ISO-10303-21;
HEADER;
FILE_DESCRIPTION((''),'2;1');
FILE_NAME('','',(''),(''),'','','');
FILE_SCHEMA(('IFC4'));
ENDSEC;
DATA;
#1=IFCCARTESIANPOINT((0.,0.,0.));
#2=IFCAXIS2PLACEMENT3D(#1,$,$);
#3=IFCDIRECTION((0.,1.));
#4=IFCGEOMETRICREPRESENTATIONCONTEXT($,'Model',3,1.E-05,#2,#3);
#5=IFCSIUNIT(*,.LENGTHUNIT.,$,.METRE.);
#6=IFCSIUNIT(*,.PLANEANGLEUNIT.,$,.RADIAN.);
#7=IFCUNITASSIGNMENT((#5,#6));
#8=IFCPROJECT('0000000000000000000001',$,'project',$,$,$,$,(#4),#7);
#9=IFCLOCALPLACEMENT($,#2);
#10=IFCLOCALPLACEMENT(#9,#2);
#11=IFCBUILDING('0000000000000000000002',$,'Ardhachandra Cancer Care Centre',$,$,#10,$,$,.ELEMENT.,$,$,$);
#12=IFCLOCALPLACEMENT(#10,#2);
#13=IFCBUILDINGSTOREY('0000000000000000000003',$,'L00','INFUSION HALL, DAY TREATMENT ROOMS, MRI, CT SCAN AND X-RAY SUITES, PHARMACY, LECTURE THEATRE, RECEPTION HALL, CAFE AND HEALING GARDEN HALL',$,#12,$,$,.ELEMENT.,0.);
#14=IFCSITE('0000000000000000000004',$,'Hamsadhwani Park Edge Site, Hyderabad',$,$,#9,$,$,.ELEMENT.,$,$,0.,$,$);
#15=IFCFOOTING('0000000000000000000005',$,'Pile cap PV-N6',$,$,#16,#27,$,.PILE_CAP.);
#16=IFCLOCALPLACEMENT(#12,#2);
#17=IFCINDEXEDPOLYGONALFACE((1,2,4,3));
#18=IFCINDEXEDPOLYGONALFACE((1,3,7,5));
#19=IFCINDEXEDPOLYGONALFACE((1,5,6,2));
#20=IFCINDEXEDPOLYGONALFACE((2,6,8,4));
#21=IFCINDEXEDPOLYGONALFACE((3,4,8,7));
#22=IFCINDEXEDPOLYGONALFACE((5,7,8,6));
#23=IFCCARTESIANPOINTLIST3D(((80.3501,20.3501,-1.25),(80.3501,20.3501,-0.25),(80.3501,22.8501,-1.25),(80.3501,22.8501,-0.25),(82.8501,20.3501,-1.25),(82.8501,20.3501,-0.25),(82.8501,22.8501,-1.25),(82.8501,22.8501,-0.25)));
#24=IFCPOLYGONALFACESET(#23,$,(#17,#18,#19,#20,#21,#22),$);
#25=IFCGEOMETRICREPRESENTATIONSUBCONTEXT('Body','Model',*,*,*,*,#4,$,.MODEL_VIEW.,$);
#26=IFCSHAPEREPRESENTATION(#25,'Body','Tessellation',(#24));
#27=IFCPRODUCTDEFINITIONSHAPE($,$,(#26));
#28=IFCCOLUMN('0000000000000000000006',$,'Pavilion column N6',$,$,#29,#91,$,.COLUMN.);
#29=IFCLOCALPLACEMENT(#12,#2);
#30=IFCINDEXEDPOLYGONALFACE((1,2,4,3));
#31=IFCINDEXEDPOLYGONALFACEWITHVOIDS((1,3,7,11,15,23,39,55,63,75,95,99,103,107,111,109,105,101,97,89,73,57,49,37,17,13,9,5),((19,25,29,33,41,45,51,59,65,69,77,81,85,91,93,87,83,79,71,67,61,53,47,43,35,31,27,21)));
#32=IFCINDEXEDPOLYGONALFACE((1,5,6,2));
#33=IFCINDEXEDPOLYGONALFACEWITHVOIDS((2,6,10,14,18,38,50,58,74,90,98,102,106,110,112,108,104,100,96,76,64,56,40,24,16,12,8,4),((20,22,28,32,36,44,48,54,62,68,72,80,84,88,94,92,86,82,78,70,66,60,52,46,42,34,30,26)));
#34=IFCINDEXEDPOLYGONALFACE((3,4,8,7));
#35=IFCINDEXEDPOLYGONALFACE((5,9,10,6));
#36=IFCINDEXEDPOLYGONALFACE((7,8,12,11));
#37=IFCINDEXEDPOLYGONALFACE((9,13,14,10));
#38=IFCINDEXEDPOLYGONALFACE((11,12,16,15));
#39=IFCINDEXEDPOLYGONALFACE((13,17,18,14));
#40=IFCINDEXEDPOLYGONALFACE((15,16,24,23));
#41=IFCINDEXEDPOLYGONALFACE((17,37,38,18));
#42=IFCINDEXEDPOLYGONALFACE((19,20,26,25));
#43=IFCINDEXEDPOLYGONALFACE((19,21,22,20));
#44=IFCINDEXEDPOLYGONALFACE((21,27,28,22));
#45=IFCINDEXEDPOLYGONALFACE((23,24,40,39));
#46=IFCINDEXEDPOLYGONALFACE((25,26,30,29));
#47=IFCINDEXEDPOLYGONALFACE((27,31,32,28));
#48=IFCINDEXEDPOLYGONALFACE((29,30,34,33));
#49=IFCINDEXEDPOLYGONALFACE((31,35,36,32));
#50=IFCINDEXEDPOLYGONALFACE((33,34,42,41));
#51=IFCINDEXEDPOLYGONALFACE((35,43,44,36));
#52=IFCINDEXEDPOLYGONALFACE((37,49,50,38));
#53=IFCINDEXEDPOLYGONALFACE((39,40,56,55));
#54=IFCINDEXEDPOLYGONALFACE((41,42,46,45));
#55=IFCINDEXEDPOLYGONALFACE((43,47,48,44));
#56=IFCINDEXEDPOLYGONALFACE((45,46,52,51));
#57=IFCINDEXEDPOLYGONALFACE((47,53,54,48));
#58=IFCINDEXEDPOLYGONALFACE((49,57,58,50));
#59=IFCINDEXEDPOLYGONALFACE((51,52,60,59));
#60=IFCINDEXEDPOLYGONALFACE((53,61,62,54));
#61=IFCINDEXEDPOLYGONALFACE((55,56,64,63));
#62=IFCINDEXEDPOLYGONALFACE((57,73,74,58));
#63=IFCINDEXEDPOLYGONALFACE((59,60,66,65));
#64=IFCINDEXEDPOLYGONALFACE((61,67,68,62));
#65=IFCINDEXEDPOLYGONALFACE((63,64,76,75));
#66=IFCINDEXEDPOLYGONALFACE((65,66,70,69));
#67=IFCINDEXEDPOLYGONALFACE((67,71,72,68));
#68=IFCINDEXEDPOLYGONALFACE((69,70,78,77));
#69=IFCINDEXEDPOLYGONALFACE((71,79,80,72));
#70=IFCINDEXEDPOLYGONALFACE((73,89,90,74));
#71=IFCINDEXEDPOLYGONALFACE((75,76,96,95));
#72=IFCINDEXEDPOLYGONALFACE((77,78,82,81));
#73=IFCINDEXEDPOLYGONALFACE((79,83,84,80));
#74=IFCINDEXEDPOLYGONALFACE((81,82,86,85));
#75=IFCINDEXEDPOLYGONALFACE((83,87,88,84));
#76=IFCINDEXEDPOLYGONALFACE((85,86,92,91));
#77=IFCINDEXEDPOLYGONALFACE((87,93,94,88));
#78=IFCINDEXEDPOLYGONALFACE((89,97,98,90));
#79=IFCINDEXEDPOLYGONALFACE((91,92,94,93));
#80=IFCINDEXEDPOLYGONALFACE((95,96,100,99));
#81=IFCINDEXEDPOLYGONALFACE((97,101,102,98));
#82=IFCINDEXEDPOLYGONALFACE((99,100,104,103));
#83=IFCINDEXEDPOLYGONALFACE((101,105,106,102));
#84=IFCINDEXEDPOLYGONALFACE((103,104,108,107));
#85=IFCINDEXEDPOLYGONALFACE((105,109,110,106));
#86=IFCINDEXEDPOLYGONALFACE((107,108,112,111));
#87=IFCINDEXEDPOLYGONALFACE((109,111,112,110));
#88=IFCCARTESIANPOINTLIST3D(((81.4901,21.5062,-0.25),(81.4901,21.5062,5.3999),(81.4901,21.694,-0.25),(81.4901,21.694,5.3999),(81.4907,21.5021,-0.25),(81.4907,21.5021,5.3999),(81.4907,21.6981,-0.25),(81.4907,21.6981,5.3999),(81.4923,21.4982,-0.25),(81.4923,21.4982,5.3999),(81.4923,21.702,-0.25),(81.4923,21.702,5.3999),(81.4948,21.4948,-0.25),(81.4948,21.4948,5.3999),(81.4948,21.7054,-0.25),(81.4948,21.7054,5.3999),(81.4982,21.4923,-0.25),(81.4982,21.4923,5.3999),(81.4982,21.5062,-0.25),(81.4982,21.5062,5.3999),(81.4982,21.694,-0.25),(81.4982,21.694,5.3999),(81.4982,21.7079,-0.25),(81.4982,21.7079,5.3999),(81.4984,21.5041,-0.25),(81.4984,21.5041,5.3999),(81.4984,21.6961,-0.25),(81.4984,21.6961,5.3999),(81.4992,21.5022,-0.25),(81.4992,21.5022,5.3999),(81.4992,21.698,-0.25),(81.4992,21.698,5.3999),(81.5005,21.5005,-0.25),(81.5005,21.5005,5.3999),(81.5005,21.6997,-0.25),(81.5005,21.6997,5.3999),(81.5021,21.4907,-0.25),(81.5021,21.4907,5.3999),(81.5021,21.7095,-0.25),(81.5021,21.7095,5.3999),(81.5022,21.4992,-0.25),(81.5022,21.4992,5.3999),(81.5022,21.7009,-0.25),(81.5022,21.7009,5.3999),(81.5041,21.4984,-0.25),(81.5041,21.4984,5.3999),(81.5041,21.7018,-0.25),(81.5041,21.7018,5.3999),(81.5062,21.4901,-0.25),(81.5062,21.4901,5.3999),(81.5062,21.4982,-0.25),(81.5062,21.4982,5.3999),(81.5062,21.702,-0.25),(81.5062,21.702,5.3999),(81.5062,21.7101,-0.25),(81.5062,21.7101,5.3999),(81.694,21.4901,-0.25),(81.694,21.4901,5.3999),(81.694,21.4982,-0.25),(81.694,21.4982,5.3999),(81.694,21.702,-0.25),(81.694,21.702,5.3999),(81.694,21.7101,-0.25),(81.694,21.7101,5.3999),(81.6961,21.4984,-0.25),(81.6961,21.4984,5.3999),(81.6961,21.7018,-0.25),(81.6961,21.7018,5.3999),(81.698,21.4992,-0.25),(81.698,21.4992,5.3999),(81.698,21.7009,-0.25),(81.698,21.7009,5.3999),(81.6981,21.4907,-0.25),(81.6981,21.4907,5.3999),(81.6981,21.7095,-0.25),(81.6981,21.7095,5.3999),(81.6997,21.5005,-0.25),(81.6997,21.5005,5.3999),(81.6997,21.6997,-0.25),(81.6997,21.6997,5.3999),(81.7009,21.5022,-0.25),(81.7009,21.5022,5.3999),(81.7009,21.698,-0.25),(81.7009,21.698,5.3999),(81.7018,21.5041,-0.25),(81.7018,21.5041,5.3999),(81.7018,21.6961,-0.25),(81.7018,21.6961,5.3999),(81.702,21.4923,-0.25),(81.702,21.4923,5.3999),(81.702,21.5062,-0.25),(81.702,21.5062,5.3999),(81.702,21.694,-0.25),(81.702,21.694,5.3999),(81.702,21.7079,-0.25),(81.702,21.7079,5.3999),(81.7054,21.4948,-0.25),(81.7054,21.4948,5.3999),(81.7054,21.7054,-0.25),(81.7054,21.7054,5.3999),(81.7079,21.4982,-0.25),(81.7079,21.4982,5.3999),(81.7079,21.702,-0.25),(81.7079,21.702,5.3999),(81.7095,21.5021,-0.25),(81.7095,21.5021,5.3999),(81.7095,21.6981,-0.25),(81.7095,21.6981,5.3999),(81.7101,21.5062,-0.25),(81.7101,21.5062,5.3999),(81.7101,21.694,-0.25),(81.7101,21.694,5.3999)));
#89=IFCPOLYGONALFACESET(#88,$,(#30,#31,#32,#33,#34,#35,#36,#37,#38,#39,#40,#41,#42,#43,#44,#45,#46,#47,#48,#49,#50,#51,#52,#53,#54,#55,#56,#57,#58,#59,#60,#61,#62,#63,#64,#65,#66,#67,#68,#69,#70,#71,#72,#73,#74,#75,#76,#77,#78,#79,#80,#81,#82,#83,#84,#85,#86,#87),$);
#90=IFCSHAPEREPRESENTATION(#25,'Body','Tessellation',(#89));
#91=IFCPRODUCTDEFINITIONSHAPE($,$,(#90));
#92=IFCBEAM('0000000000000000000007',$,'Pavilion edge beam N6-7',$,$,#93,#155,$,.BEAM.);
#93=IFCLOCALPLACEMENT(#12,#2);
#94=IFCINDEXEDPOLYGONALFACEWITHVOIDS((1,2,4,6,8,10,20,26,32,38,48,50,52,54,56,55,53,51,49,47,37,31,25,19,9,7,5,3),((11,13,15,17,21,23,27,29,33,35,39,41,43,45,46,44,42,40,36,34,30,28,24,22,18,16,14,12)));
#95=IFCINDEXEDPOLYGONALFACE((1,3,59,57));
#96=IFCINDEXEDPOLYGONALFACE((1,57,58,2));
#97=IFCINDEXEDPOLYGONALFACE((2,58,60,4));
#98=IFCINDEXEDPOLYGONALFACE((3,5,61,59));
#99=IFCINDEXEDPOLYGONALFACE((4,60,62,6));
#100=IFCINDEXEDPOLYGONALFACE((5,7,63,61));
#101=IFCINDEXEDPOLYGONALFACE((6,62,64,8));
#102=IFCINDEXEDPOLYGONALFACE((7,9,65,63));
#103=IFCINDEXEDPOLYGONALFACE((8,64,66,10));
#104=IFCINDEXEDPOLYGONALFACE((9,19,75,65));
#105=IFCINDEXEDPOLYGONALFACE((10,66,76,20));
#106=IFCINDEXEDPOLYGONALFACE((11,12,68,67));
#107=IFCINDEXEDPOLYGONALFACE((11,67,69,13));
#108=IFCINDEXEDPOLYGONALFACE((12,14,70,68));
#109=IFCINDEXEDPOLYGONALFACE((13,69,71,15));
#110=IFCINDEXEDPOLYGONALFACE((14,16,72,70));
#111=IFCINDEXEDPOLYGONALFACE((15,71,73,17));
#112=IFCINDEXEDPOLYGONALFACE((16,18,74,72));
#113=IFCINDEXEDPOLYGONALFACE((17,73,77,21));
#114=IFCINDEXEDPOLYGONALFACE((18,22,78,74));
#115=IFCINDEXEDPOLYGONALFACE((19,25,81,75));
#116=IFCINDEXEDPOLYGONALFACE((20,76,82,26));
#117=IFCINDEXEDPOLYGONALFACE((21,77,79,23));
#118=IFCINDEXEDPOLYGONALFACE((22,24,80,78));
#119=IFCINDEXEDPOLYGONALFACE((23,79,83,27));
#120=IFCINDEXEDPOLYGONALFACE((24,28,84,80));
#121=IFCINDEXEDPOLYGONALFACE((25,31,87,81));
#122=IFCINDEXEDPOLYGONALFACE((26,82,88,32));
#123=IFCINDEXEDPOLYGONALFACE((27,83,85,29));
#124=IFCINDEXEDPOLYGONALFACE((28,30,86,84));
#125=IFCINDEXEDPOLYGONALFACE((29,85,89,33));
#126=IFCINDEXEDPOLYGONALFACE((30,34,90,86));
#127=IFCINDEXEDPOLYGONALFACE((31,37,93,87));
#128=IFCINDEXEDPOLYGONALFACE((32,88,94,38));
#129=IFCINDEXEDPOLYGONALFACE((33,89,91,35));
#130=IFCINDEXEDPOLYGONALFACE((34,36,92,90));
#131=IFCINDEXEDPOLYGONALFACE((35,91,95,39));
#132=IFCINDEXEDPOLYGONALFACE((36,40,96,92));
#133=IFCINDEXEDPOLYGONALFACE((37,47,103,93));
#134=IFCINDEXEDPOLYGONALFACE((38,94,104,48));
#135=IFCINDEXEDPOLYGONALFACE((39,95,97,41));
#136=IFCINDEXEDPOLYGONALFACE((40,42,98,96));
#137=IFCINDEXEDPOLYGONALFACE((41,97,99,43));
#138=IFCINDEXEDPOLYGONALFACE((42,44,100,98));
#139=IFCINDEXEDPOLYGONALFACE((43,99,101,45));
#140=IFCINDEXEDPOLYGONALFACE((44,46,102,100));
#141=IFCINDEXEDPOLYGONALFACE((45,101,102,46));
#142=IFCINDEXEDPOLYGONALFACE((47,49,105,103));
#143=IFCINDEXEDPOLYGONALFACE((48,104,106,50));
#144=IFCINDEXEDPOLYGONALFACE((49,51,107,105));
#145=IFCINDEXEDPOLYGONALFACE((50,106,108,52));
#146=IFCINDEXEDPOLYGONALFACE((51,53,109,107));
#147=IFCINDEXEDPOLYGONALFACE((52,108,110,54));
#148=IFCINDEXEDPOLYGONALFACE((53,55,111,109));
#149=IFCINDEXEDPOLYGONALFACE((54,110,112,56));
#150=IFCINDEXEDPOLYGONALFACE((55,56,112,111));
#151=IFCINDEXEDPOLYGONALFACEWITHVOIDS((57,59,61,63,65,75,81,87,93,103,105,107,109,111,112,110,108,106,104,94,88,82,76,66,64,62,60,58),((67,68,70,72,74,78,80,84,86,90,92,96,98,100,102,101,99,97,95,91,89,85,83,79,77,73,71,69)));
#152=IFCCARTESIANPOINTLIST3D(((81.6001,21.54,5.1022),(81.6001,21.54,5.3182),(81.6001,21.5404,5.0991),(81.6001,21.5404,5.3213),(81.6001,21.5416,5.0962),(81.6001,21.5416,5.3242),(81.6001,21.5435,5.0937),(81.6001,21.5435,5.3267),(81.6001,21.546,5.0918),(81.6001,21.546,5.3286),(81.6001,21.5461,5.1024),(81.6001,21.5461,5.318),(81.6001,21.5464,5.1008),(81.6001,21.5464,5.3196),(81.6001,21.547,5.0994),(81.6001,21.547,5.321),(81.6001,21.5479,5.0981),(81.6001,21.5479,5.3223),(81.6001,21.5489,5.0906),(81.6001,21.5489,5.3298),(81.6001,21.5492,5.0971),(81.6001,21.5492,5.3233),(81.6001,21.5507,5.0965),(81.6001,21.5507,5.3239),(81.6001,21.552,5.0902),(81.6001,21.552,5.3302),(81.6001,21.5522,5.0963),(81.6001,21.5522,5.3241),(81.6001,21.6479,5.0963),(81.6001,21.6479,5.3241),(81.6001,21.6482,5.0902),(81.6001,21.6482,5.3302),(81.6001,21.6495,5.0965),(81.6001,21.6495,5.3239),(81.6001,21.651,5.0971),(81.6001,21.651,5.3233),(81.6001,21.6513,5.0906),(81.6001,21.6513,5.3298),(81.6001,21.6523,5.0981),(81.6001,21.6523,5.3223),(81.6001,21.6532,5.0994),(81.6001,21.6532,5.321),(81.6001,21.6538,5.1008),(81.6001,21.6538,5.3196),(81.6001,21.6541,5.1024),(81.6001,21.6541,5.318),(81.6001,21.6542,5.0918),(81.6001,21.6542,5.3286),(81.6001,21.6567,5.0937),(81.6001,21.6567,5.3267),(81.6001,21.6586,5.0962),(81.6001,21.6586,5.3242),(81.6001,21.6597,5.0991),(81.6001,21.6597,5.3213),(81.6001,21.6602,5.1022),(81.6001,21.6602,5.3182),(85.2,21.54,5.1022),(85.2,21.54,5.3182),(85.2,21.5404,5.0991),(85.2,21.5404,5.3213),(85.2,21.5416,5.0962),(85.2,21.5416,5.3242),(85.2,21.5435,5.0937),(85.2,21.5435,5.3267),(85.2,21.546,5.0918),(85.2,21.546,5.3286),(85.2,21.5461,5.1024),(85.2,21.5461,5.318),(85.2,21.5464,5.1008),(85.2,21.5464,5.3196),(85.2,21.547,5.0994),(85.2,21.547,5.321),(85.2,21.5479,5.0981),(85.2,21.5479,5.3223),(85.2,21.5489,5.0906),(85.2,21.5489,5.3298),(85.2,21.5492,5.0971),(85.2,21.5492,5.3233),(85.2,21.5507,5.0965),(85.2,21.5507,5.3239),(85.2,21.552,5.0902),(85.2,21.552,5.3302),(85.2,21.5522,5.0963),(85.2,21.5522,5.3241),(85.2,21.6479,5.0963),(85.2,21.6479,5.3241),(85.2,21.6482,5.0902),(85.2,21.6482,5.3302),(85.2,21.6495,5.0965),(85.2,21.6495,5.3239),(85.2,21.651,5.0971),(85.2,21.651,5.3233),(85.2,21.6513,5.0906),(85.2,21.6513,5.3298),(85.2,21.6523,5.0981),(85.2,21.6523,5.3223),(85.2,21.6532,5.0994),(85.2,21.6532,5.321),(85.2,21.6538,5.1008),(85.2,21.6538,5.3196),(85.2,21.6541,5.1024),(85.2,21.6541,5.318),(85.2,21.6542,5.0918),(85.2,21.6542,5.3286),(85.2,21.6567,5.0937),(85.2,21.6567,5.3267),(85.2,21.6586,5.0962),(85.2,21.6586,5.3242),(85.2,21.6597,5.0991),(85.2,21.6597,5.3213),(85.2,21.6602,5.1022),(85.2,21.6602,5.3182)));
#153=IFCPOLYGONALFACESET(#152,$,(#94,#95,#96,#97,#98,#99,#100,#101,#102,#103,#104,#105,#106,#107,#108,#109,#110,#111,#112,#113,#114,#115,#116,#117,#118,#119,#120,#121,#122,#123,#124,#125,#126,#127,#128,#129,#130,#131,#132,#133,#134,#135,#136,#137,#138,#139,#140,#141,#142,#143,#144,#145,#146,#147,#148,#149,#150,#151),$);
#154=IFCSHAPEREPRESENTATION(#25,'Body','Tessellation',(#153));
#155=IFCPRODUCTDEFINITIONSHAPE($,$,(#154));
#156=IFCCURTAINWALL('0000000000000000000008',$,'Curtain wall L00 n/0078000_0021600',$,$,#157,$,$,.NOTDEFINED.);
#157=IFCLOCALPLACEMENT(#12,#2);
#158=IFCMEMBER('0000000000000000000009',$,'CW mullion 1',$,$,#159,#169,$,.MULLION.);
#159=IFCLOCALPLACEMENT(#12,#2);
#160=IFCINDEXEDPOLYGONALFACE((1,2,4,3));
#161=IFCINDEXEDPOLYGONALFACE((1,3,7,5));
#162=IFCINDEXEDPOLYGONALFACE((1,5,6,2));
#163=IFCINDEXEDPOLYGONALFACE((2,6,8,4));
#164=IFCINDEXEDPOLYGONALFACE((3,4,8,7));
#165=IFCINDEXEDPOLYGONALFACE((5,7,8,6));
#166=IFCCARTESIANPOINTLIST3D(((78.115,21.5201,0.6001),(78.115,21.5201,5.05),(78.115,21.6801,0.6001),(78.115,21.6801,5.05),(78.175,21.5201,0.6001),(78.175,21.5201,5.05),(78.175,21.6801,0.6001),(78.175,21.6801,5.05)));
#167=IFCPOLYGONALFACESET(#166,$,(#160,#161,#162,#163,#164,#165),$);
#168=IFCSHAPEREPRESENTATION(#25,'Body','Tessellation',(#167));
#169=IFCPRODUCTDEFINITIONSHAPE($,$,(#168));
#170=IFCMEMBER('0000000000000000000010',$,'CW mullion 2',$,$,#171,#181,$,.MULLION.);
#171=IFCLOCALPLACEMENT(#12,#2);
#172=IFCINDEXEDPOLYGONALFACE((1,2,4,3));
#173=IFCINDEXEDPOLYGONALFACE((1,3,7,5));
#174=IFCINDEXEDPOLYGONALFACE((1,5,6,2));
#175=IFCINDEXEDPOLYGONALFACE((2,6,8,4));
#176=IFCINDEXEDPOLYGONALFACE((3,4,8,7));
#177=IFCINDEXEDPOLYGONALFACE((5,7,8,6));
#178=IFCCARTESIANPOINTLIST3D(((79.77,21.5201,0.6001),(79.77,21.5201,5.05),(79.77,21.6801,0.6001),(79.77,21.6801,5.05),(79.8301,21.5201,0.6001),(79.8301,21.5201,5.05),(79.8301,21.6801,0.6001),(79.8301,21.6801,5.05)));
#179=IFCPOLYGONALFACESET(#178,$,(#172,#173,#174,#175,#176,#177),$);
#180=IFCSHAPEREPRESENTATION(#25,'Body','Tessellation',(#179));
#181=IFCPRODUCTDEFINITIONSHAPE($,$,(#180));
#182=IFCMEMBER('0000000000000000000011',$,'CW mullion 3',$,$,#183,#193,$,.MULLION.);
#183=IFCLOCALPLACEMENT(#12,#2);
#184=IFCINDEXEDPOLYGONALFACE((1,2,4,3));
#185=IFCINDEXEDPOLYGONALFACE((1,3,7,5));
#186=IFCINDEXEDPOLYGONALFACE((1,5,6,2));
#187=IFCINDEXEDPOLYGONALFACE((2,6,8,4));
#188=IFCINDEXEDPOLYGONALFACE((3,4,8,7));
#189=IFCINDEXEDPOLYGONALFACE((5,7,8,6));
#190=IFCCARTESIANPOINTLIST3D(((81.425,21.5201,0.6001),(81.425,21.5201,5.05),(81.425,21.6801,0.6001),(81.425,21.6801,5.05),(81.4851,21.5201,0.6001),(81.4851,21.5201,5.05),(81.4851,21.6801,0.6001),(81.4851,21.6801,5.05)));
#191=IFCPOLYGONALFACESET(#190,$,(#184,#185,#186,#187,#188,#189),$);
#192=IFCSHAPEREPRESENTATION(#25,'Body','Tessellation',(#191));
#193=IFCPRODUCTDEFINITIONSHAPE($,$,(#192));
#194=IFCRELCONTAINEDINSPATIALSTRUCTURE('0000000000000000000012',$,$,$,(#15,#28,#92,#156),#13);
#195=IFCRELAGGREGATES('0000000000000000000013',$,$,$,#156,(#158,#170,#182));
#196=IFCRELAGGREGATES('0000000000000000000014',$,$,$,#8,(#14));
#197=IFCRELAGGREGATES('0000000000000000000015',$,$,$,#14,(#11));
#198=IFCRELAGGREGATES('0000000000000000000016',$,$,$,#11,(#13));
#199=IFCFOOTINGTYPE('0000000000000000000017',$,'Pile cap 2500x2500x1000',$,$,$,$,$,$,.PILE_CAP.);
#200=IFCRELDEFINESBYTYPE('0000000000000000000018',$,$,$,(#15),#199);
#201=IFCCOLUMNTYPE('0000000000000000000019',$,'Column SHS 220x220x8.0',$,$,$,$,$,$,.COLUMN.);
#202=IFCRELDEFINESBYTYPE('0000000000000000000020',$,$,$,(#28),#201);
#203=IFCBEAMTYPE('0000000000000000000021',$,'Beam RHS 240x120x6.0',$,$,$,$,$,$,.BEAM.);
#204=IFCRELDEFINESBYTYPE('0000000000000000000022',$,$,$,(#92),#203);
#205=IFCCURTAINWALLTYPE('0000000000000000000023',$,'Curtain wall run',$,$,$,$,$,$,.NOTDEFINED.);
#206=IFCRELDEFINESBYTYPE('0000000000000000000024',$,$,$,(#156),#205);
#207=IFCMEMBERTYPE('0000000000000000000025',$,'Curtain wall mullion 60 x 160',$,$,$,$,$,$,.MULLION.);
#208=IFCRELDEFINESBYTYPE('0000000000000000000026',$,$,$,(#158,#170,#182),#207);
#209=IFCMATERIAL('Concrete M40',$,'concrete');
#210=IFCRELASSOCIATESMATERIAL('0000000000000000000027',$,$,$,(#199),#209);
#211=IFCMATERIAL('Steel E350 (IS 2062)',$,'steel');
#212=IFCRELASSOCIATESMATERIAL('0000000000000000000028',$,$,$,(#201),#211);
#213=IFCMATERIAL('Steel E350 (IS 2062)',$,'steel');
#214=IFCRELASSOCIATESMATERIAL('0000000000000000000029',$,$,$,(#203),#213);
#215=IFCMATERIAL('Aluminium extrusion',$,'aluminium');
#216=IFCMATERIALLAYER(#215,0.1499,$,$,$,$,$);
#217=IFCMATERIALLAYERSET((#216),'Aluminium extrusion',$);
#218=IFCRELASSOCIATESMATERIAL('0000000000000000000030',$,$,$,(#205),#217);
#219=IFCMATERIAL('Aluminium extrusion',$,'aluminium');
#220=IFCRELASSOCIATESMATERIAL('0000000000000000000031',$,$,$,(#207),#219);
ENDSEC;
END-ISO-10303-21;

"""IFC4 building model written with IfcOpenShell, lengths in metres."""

from ifc_helpers import new_model, si_unit, direction, frame, origin, origin_2d, place, context, subcontext, project, spatial, rectangle, hollow_rectangle, extrude, material, layer, layer_set, material_profile, profile_set, type_object, element, aggregate, save


model = new_model("IFC4")

# Units and contexts
model_context = context("Model", 3, precision=1e-05, world=origin(), true_north=direction((0.0, 1.0)))
body_context = subcontext(model_context, "Body", "Model", "MODEL_VIEW")
ifc_project = project(units=[si_unit("LENGTHUNIT", "METRE"), si_unit("PLANEANGLEUNIT", "RADIAN")], contexts=[model_context])

# Site, building, storey
site_placement = place(None, origin())
site = spatial("IfcSite", under=ifc_project, at=site_placement, Name="Hamsadhwani Park Edge Site, Hyderabad", CompositionType="ELEMENT", RefElevation=0.0)
building_placement = place(site_placement, origin())
building = spatial("IfcBuilding", under=site, at=building_placement, Name="Ardhachandra Cancer Care Centre", CompositionType="ELEMENT")
storey_placement = place(building_placement, origin())
storey = spatial("IfcBuildingStorey", under=building, at=storey_placement, Name="L00", Description="INFUSION HALL, DAY TREATMENT ROOMS, MRI, CT SCAN AND X-RAY SUITES, PHARMACY, LECTURE THEATRE, RECEPTION HALL, CAFE AND HEALING GARDEN HALL", CompositionType="ELEMENT", Elevation=0.0)

# Footing
ifc_material_1 = material(Name="Concrete M40", Category="concrete")
footing_type = type_object("IfcFootingType", Name="Pile cap 2500x2500x1000", PredefinedType="PILE_CAP", material=ifc_material_1)
footing_placement = place(storey_placement, frame((81.6001, 21.6001, -1.25), z_axis=(0.0, 0.0, 1.0), x_axis=(1.0, 0.0, 0.0)))
element("IfcFooting", 1, at=footing_placement, inside=storey, type_object=footing_type, Name="Pile cap PV-N6", PredefinedType="PILE_CAP", context=body_context, shape_type="SweptSolid", body=[
    extrude(rectangle(XDim=2.5, YDim=2.5, at=origin_2d()), origin(), (0.0, 0.0, 1.0), 1.0),
])

# Column
ifc_material_2 = material(Name="Steel E350 (IS 2062)", Category="steel")
ifc_material_profile_1 = material_profile(ifc_material_2, hollow_rectangle(XDim=0.22, YDim=0.22, WallThickness=0.0081, InnerFilletRadius=0.0081, OuterFilletRadius=0.0161, at=origin_2d()), Name="SHS 220x220x8.0")
ifc_profile_set_1 = profile_set([ifc_material_profile_1], Name="Steel E350 (IS 2062)")
column_type = type_object("IfcColumnType", Name="Column SHS 220x220x8.0", PredefinedType="COLUMN", material=ifc_profile_set_1)
column_placement = place(storey_placement, frame((81.6001, 21.6001, -0.25), z_axis=(0.0, 0.0, 1.0), x_axis=(1.0, 0.0, 0.0)))
element("IfcColumn", 2, at=column_placement, inside=storey, type_object=column_type, Name="Pavilion column N6", PredefinedType="COLUMN", context=body_context, shape_type="SweptSolid", body=[
    extrude(hollow_rectangle(XDim=0.22, YDim=0.22, WallThickness=0.0081, InnerFilletRadius=0.0081, OuterFilletRadius=0.0161, at=origin_2d()), origin(), (0.0, 0.0, 1.0), 5.6499),
])

# Beam
ifc_material_3 = material(Name="Steel E350 (IS 2062)", Category="steel")
ifc_material_profile_2 = material_profile(ifc_material_3, hollow_rectangle(XDim=0.1201, YDim=0.24, WallThickness=0.0061, InnerFilletRadius=0.0061, OuterFilletRadius=0.012, at=origin_2d()), Name="RHS 240x120x6.0")
ifc_profile_set_2 = profile_set([ifc_material_profile_2], Name="Steel E350 (IS 2062)")
beam_type = type_object("IfcBeamType", Name="Beam RHS 240x120x6.0", PredefinedType="BEAM", material=ifc_profile_set_2)
beam_placement = place(storey_placement, frame((81.6001, 21.6001, 5.2102), z_axis=(1.0, 0.0, 0.0), x_axis=(0.0, 1.0, 0.0)))
element("IfcBeam", 3, at=beam_placement, inside=storey, type_object=beam_type, Name="Pavilion edge beam N6-7", PredefinedType="BEAM", context=body_context, shape_type="SweptSolid", body=[
    extrude(hollow_rectangle(XDim=0.1201, YDim=0.24, WallThickness=0.0061, InnerFilletRadius=0.0061, OuterFilletRadius=0.012, at=origin_2d()), origin(), (0.0, 0.0, 1.0), 3.5999),
])

# Curtain wall, members
ifc_material_4 = material(Name="Aluminium extrusion", Category="aluminium")
ifc_layer_1 = layer(ifc_material_4, 0.1499)
ifc_layer_set_1 = layer_set([ifc_layer_1], Name="Aluminium extrusion")
curtain_wall_type = type_object("IfcCurtainWallType", Name="Curtain wall run", PredefinedType="NOTDEFINED", material=ifc_layer_set_1)
curtain_wall_1_placement = place(storey_placement, origin())
curtain_wall_1 = element("IfcCurtainWall", 4, at=curtain_wall_1_placement, inside=storey, type_object=curtain_wall_type, Name="Curtain wall L00 n/0078000_0021600", PredefinedType="NOTDEFINED")
ifc_material_5 = material(Name="Aluminium extrusion", Category="aluminium")
ifc_material_profile_3 = material_profile(ifc_material_5, rectangle(XDim=0.1599, YDim=0.0601, at=origin_2d()), Name="Curtain wall mullion 60 x 160")
ifc_profile_set_3 = profile_set([ifc_material_profile_3], Name="Aluminium extrusion")
member_type_1 = type_object("IfcMemberType", Name="Curtain wall mullion 60 x 160", PredefinedType="MULLION", material=ifc_profile_set_3)
member_1_placement = place(storey_placement, frame((78.145, 21.6001, 0.6001), z_axis=(0.0, 0.0, 1.0), x_axis=(0.0, 1.0, 0.0)))
member_1 = element("IfcMember", 5, at=member_1_placement, type_object=member_type_1, Name="CW mullion 1", PredefinedType="MULLION", context=body_context, shape_type="SweptSolid", body=[
    extrude(rectangle(XDim=0.1599, YDim=0.0601, at=origin_2d()), origin(), (0.0, 0.0, 1.0), 4.45),
])
member_2_placement = place(storey_placement, frame((79.8, 21.6001, 0.6001), z_axis=(0.0, 0.0, 1.0), x_axis=(0.0, 1.0, 0.0)))
member_2 = element("IfcMember", 6, at=member_2_placement, type_object=member_type_1, Name="CW mullion 2", PredefinedType="MULLION", context=body_context, shape_type="SweptSolid", body=[
    extrude(rectangle(XDim=0.1599, YDim=0.0601, at=origin_2d()), origin(), (0.0, 0.0, 1.0), 4.45),
])
member_3_placement = place(storey_placement, frame((81.4551, 21.6001, 0.6001), z_axis=(0.0, 0.0, 1.0), x_axis=(0.0, 1.0, 0.0)))
member_3 = element("IfcMember", 7, at=member_3_placement, type_object=member_type_1, Name="CW mullion 3", PredefinedType="MULLION", context=body_context, shape_type="SweptSolid", body=[
    extrude(rectangle(XDim=0.1599, YDim=0.0601, at=origin_2d()), origin(), (0.0, 0.0, 1.0), 4.45),
])

aggregate(curtain_wall_1, [member_1, member_2, member_3])

save(model, "model.ifc")
